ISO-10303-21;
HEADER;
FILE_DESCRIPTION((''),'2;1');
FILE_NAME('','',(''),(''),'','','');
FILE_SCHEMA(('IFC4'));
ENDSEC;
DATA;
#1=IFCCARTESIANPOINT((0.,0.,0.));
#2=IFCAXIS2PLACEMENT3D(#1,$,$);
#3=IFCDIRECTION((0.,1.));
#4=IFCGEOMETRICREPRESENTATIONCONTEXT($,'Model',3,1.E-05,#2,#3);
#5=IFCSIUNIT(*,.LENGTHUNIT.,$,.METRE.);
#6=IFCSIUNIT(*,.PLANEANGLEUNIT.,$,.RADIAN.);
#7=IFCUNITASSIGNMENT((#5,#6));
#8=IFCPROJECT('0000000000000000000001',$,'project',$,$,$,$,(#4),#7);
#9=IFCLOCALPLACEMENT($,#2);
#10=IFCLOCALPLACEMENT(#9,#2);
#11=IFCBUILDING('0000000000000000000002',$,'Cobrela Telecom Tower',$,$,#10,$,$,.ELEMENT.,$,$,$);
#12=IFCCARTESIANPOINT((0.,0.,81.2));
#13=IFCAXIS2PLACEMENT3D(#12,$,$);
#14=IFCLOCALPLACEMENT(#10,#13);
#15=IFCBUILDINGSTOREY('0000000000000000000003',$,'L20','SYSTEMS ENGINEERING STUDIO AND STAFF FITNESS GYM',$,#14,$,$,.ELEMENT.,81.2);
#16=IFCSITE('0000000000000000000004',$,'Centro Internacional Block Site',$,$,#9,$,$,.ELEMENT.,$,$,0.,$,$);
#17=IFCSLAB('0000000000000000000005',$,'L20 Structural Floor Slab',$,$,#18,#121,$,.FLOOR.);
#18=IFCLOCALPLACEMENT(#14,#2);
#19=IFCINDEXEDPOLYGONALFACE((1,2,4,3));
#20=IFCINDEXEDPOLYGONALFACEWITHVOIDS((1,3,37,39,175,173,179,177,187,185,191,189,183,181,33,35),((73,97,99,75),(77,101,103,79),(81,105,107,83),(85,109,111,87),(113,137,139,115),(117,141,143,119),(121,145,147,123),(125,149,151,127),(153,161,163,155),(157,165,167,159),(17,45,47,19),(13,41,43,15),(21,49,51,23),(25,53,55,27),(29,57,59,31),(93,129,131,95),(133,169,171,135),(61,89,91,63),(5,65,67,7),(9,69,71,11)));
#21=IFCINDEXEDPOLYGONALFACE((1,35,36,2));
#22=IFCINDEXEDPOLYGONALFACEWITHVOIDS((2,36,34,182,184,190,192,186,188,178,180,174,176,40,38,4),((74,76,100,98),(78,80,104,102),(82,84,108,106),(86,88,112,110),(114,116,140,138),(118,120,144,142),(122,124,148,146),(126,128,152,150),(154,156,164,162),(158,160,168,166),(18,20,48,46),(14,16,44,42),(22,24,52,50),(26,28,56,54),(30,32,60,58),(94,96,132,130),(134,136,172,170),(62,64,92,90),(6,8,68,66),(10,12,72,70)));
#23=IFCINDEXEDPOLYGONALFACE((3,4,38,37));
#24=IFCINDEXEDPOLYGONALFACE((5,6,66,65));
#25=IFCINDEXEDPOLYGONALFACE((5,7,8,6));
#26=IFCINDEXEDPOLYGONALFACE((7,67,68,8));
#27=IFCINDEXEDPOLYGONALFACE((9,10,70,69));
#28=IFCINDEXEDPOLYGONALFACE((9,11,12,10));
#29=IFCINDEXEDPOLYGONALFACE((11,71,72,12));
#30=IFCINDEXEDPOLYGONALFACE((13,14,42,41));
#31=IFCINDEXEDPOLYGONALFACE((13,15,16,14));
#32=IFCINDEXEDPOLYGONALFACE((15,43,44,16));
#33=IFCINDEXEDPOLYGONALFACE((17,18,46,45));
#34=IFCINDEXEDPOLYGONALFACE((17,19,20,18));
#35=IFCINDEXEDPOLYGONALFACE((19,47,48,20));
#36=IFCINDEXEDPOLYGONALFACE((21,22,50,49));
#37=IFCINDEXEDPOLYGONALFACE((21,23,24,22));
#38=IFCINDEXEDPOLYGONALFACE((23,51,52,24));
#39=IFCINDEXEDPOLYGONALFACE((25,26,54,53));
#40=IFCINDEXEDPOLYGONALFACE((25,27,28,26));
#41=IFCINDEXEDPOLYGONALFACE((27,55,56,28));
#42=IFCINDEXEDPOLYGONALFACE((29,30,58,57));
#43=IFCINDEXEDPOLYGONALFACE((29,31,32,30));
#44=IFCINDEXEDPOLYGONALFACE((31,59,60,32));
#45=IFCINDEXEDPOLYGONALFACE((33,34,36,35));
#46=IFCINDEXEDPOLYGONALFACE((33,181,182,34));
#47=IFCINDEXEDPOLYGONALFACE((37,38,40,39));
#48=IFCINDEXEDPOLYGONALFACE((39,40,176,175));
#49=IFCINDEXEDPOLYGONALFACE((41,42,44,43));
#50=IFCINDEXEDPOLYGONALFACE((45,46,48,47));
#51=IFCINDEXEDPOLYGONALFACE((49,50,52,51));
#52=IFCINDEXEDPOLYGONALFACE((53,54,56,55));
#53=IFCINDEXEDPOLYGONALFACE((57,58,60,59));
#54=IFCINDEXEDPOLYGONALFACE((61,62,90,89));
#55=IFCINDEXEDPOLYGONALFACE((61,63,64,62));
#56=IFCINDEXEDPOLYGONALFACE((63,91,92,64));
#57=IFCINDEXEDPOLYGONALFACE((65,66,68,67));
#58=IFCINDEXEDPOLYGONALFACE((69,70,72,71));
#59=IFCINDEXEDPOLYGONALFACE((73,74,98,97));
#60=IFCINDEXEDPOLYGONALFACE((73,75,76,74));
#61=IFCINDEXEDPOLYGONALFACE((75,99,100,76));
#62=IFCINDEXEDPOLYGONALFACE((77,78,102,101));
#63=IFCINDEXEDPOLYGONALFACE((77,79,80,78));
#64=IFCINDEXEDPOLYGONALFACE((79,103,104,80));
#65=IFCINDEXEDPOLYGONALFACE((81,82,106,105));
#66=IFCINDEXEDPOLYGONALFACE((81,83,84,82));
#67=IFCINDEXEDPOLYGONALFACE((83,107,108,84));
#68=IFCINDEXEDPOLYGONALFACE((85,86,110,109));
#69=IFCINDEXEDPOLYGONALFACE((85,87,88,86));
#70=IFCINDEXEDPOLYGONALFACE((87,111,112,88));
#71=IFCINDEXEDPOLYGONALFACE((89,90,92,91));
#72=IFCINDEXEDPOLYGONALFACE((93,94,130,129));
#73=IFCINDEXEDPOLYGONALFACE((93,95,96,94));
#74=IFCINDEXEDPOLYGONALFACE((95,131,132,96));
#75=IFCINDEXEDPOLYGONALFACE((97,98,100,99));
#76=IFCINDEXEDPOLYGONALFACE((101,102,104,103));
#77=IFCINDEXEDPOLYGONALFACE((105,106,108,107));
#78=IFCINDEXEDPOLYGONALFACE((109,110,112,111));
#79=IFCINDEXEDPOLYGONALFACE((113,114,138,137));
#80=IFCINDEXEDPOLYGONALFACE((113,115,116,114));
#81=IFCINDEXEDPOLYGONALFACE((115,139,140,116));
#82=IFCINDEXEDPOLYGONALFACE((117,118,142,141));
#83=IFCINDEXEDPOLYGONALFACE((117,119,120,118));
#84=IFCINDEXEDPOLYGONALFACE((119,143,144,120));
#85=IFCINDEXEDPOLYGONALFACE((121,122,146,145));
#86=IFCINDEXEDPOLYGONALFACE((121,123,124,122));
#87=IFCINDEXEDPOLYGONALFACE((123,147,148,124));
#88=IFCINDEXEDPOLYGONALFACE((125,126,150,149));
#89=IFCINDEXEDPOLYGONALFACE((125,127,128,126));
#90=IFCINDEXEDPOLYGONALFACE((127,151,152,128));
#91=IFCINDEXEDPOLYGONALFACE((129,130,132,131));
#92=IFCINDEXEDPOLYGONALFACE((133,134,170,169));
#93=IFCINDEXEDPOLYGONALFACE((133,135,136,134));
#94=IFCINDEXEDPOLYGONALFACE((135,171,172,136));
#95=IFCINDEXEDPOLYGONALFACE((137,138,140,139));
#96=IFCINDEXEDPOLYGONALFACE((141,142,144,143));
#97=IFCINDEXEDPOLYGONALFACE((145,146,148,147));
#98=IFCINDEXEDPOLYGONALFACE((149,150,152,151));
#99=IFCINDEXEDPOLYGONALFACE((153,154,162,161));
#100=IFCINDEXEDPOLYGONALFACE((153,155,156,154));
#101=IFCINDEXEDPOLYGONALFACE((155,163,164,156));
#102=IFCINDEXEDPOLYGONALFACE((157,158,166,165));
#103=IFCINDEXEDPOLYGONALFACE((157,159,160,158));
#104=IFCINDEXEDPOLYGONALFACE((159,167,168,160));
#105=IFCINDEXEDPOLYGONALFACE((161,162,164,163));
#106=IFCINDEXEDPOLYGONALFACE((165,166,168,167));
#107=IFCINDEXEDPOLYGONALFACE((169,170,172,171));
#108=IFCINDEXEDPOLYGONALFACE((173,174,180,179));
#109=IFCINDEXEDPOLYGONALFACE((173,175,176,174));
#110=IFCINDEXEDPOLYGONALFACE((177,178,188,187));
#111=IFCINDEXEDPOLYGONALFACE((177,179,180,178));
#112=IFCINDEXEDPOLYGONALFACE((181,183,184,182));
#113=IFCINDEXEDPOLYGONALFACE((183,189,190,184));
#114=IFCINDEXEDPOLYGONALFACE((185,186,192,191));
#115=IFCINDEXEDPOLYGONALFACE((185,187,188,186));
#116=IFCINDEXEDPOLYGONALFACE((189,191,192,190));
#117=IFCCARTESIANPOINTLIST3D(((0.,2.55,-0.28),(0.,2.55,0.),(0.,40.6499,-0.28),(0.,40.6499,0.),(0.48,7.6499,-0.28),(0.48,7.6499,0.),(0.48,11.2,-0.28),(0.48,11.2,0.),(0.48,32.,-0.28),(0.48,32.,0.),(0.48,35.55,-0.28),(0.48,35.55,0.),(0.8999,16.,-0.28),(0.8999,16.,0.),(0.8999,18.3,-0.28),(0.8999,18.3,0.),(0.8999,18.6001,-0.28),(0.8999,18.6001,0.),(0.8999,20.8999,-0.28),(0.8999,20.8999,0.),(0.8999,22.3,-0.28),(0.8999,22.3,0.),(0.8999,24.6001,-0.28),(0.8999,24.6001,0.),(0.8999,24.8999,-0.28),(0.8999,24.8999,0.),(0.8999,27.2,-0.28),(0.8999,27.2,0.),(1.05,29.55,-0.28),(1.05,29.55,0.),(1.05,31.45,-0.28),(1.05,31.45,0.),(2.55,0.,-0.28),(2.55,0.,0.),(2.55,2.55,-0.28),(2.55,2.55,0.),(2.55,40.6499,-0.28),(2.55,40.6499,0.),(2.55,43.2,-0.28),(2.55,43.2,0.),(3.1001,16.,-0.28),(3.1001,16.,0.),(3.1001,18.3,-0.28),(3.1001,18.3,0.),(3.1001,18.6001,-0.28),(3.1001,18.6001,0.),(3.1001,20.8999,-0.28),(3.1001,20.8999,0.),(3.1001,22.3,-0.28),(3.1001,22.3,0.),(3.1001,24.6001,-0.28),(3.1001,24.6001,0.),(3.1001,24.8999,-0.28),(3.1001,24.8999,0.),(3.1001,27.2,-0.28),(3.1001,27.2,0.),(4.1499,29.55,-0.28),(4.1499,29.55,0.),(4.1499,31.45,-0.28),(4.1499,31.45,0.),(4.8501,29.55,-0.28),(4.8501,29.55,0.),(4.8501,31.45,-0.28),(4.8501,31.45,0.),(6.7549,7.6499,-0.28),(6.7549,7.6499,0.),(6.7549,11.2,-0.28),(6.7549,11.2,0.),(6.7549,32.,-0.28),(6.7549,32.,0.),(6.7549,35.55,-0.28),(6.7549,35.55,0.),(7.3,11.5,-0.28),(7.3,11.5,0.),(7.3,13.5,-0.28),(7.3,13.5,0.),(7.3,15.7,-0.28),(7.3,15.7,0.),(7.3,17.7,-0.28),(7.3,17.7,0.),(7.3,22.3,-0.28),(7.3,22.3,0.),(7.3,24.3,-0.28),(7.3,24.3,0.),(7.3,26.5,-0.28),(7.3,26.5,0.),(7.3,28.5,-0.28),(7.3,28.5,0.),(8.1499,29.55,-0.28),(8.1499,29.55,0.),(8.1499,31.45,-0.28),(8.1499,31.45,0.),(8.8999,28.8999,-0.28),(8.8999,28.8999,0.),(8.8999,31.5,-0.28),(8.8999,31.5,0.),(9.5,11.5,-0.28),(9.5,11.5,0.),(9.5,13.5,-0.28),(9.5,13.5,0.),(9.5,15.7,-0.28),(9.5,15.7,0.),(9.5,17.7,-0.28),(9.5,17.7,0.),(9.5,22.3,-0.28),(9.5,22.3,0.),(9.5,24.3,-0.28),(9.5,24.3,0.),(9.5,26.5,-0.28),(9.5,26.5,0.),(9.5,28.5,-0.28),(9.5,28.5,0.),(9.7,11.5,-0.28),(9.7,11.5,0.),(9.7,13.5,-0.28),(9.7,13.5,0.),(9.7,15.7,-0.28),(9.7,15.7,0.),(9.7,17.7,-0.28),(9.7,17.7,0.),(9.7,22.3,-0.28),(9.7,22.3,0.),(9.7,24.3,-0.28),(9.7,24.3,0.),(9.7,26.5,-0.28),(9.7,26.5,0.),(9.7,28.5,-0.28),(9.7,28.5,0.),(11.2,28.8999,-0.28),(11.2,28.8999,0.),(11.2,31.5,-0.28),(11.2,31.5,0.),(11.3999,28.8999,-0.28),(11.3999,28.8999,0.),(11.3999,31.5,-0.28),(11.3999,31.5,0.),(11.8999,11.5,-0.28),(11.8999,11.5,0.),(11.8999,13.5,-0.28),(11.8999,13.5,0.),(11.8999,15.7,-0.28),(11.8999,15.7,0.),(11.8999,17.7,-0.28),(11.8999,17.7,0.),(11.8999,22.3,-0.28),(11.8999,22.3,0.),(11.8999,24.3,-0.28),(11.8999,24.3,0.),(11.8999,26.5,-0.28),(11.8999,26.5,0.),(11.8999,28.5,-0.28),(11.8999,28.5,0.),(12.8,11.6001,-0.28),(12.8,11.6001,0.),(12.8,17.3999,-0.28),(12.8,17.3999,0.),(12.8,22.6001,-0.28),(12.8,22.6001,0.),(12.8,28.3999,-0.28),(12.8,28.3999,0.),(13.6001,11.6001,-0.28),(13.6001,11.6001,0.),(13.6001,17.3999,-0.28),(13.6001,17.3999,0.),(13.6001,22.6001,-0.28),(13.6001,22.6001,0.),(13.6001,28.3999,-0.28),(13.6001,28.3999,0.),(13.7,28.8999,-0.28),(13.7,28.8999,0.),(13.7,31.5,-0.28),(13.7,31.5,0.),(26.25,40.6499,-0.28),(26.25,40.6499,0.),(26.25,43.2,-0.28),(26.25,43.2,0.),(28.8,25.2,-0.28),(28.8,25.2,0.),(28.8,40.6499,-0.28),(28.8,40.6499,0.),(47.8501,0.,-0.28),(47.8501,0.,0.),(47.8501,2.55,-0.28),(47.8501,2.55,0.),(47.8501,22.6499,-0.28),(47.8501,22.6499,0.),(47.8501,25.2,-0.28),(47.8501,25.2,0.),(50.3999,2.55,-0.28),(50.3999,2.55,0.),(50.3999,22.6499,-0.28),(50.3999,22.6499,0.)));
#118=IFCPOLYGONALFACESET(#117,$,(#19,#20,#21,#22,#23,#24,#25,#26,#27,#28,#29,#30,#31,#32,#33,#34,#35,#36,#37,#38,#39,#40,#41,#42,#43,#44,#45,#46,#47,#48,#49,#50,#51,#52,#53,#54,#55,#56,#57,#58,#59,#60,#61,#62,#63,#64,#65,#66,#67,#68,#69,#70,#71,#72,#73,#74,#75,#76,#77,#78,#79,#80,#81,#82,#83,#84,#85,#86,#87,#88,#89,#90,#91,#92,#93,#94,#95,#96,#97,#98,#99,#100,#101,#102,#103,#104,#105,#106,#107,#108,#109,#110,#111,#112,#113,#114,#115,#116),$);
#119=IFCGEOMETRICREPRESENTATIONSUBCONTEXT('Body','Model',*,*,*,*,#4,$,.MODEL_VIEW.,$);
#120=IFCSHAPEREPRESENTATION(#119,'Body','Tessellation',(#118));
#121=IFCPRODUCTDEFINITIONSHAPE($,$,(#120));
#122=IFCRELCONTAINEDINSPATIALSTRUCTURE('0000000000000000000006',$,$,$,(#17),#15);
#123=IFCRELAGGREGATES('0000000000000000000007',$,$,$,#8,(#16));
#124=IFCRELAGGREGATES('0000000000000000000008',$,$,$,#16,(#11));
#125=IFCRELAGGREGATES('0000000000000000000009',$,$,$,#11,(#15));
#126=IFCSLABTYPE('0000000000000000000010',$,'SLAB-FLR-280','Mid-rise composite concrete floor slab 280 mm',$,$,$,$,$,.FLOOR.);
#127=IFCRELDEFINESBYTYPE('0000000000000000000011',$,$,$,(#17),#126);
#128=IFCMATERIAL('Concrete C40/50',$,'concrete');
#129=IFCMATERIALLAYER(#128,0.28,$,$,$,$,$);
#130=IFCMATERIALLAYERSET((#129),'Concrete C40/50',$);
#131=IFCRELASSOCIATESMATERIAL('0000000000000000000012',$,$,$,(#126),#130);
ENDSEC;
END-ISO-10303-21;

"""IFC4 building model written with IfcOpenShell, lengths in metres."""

from ifc_helpers import new_model, si_unit, direction, frame, origin, place, context, subcontext, project, spatial, polyline, outline, extrude, material, layer, layer_set, type_object, element, save


model = new_model("IFC4")

# Units and contexts
model_context = context("Model", 3, precision=1e-05, world=origin(), true_north=direction((0.0, 1.0)))
body_context = subcontext(model_context, "Body", "Model", "MODEL_VIEW")
ifc_project = project(units=[si_unit("LENGTHUNIT", "METRE"), si_unit("PLANEANGLEUNIT", "RADIAN")], contexts=[model_context])

# Site, building, storey
site_placement = place(None, origin())
site = spatial("IfcSite", under=ifc_project, at=site_placement, Name="Centro Internacional Block Site", CompositionType="ELEMENT", RefElevation=0.0)
building_placement = place(site_placement, origin())
building = spatial("IfcBuilding", under=site, at=building_placement, Name="Cobrela Telecom Tower", CompositionType="ELEMENT")
storey_placement = place(building_placement, frame((0.0, 0.0, 81.2)))
storey = spatial("IfcBuildingStorey", under=building, at=storey_placement, Name="L20", Description="SYSTEMS ENGINEERING STUDIO AND STAFF FITNESS GYM", CompositionType="ELEMENT", Elevation=81.2)

# Slab, openings
ifc_material_1 = material(Name="Concrete C40/50", Category="concrete")
ifc_layer_1 = layer(ifc_material_1, 0.28)
ifc_layer_set_1 = layer_set([ifc_layer_1], Name="Concrete C40/50")
slab_type_1 = type_object("IfcSlabType", Name="SLAB-FLR-280", Description="Mid-rise composite concrete floor slab 280 mm", PredefinedType="FLOOR", material=ifc_layer_set_1)
slab_1_placement = place(storey_placement, frame((0.0, 0.0, -0.28)))
slab_1 = element("IfcSlab", 1, at=slab_1_placement, inside=storey, type_object=slab_type_1, Name="L20 Structural Floor Slab", PredefinedType="FLOOR", context=body_context, shape_type="SweptSolid", body=[
    extrude(outline(polyline([(2.55, 0.0), (47.8501, 0.0), (47.8501, 2.55), (50.3999, 2.55), (50.3999, 22.6499), (47.8501, 22.6499), (47.8501, 25.2), (28.8, 25.2), (28.8, 40.6499), (26.25, 40.6499), (26.25, 43.2), (2.55, 43.2), (2.55, 40.6499), (0.0, 40.6499), (0.0, 2.55), (2.55, 2.55), (2.55, 0.0)])), origin(), (0.0, 0.0, 1.0), 0.28),
])
opening_1_placement = place(slab_1_placement, frame((0.0, 0.0, -0.02)))
element("IfcOpeningElement", 2, at=opening_1_placement, cuts=slab_1, PredefinedType="OPENING", context=body_context, shape_type="SweptSolid", body=[
    extrude(outline(polyline([(8.8999, 28.8999), (11.2, 28.8999), (11.2, 31.5), (8.8999, 31.5), (8.8999, 28.8999)])), origin(), (0.0, 0.0, 1.0), 0.3201),
])
opening_2_placement = place(slab_1_placement, frame((0.0, 0.0, -0.02)))
element("IfcOpeningElement", 3, at=opening_2_placement, cuts=slab_1, PredefinedType="OPENING", context=body_context, shape_type="SweptSolid", body=[
    extrude(outline(polyline([(11.3999, 28.8999), (13.7, 28.8999), (13.7, 31.5), (11.3999, 31.5), (11.3999, 28.8999)])), origin(), (0.0, 0.0, 1.0), 0.3201),
])
opening_3_placement = place(slab_1_placement, frame((0.0, 0.0, -0.02)))
element("IfcOpeningElement", 4, at=opening_3_placement, cuts=slab_1, PredefinedType="OPENING", context=body_context, shape_type="SweptSolid", body=[
    extrude(outline(polyline([(7.3, 22.3), (9.5, 22.3), (9.5, 24.3), (7.3, 24.3), (7.3, 22.3)])), origin(), (0.0, 0.0, 1.0), 0.3201),
])
opening_4_placement = place(slab_1_placement, frame((0.0, 0.0, -0.02)))
element("IfcOpeningElement", 5, at=opening_4_placement, cuts=slab_1, PredefinedType="OPENING", context=body_context, shape_type="SweptSolid", body=[
    extrude(outline(polyline([(9.7, 22.3), (11.8999, 22.3), (11.8999, 24.3), (9.7, 24.3), (9.7, 22.3)])), origin(), (0.0, 0.0, 1.0), 0.3201),
])
opening_5_placement = place(slab_1_placement, frame((0.0, 0.0, -0.02)))
element("IfcOpeningElement", 6, at=opening_5_placement, cuts=slab_1, PredefinedType="OPENING", context=body_context, shape_type="SweptSolid", body=[
    extrude(outline(polyline([(7.3, 26.5), (9.5, 26.5), (9.5, 28.5), (7.3, 28.5), (7.3, 26.5)])), origin(), (0.0, 0.0, 1.0), 0.3201),
])
opening_6_placement = place(slab_1_placement, frame((0.0, 0.0, -0.02)))
element("IfcOpeningElement", 7, at=opening_6_placement, cuts=slab_1, PredefinedType="OPENING", context=body_context, shape_type="SweptSolid", body=[
    extrude(outline(polyline([(9.7, 26.5), (11.8999, 26.5), (11.8999, 28.5), (9.7, 28.5), (9.7, 26.5)])), origin(), (0.0, 0.0, 1.0), 0.3201),
])
opening_7_placement = place(slab_1_placement, frame((0.0, 0.0, -0.02)))
element("IfcOpeningElement", 8, at=opening_7_placement, cuts=slab_1, PredefinedType="OPENING", context=body_context, shape_type="SweptSolid", body=[
    extrude(outline(polyline([(7.3, 15.7), (9.5, 15.7), (9.5, 17.7), (7.3, 17.7), (7.3, 15.7)])), origin(), (0.0, 0.0, 1.0), 0.3201),
])
opening_8_placement = place(slab_1_placement, frame((0.0, 0.0, -0.02)))
element("IfcOpeningElement", 9, at=opening_8_placement, cuts=slab_1, PredefinedType="OPENING", context=body_context, shape_type="SweptSolid", body=[
    extrude(outline(polyline([(9.7, 15.7), (11.8999, 15.7), (11.8999, 17.7), (9.7, 17.7), (9.7, 15.7)])), origin(), (0.0, 0.0, 1.0), 0.3201),
])
opening_9_placement = place(slab_1_placement, frame((0.0, 0.0, -0.02)))
element("IfcOpeningElement", 10, at=opening_9_placement, cuts=slab_1, PredefinedType="OPENING", context=body_context, shape_type="SweptSolid", body=[
    extrude(outline(polyline([(7.3, 11.5), (9.5, 11.5), (9.5, 13.5), (7.3, 13.5), (7.3, 11.5)])), origin(), (0.0, 0.0, 1.0), 0.3201),
])
opening_10_placement = place(slab_1_placement, frame((0.0, 0.0, -0.02)))
element("IfcOpeningElement", 11, at=opening_10_placement, cuts=slab_1, PredefinedType="OPENING", context=body_context, shape_type="SweptSolid", body=[
    extrude(outline(polyline([(9.7, 11.5), (11.8999, 11.5), (11.8999, 13.5), (9.7, 13.5), (9.7, 11.5)])), origin(), (0.0, 0.0, 1.0), 0.3201),
])
opening_11_placement = place(slab_1_placement, frame((0.0, 0.0, -0.02)))
element("IfcOpeningElement", 12, at=opening_11_placement, cuts=slab_1, PredefinedType="OPENING", context=body_context, shape_type="SweptSolid", body=[
    extrude(outline(polyline([(0.8999, 16.0), (3.1001, 16.0), (3.1001, 18.3), (0.8999, 18.3), (0.8999, 16.0)])), origin(), (0.0, 0.0, 1.0), 0.3201),
])
opening_12_placement = place(slab_1_placement, frame((0.0, 0.0, -0.02)))
element("IfcOpeningElement", 13, at=opening_12_placement, cuts=slab_1, PredefinedType="OPENING", context=body_context, shape_type="SweptSolid", body=[
    extrude(outline(polyline([(0.8999, 18.6001), (3.1001, 18.6001), (3.1001, 20.8999), (0.8999, 20.8999), (0.8999, 18.6001)])), origin(), (0.0, 0.0, 1.0), 0.3201),
])
opening_13_placement = place(slab_1_placement, frame((0.0, 0.0, -0.02)))
element("IfcOpeningElement", 14, at=opening_13_placement, cuts=slab_1, PredefinedType="OPENING", context=body_context, shape_type="SweptSolid", body=[
    extrude(outline(polyline([(0.8999, 22.3), (3.1001, 22.3), (3.1001, 24.6001), (0.8999, 24.6001), (0.8999, 22.3)])), origin(), (0.0, 0.0, 1.0), 0.3201),
])
opening_14_placement = place(slab_1_placement, frame((0.0, 0.0, -0.02)))
element("IfcOpeningElement", 15, at=opening_14_placement, cuts=slab_1, PredefinedType="OPENING", context=body_context, shape_type="SweptSolid", body=[
    extrude(outline(polyline([(0.8999, 24.8999), (3.1001, 24.8999), (3.1001, 27.2), (0.8999, 27.2), (0.8999, 24.8999)])), origin(), (0.0, 0.0, 1.0), 0.3201),
])
opening_15_placement = place(slab_1_placement, frame((0.0, 0.0, -0.02)))
element("IfcOpeningElement", 16, at=opening_15_placement, cuts=slab_1, PredefinedType="OPENING", context=body_context, shape_type="SweptSolid", body=[
    extrude(outline(polyline([(1.05, 29.55), (4.1499, 29.55), (4.1499, 31.45), (1.05, 31.45), (1.05, 29.55)])), origin(), (0.0, 0.0, 1.0), 0.3201),
])
opening_16_placement = place(slab_1_placement, frame((0.0, 0.0, -0.02)))
element("IfcOpeningElement", 17, at=opening_16_placement, cuts=slab_1, PredefinedType="OPENING", context=body_context, shape_type="SweptSolid", body=[
    extrude(outline(polyline([(4.8501, 29.55), (8.1499, 29.55), (8.1499, 31.45), (4.8501, 31.45), (4.8501, 29.55)])), origin(), (0.0, 0.0, 1.0), 0.3201),
])
opening_17_placement = place(slab_1_placement, frame((0.0, 0.0, -0.02)))
element("IfcOpeningElement", 18, at=opening_17_placement, cuts=slab_1, PredefinedType="OPENING", context=body_context, shape_type="SweptSolid", body=[
    extrude(outline(polyline([(12.8, 22.6001), (13.6001, 22.6001), (13.6001, 28.3999), (12.8, 28.3999), (12.8, 22.6001)])), origin(), (0.0, 0.0, 1.0), 0.3201),
])
opening_18_placement = place(slab_1_placement, frame((0.0, 0.0, -0.02)))
element("IfcOpeningElement", 19, at=opening_18_placement, cuts=slab_1, PredefinedType="OPENING", context=body_context, shape_type="SweptSolid", body=[
    extrude(outline(polyline([(12.8, 11.6001), (13.6001, 11.6001), (13.6001, 17.3999), (12.8, 17.3999), (12.8, 11.6001)])), origin(), (0.0, 0.0, 1.0), 0.3201),
])
opening_19_placement = place(slab_1_placement, frame((0.0, 0.0, -0.02)))
element("IfcOpeningElement", 20, at=opening_19_placement, cuts=slab_1, PredefinedType="OPENING", context=body_context, shape_type="SweptSolid", body=[
    extrude(outline(polyline([(6.7549, 35.55), (0.48, 35.55), (0.48, 32.0), (6.7549, 32.0), (6.7549, 35.55)])), origin(), (0.0, 0.0, 1.0), 0.3201),
])
opening_20_placement = place(slab_1_placement, frame((0.0, 0.0, -0.02)))
element("IfcOpeningElement", 21, at=opening_20_placement, cuts=slab_1, PredefinedType="OPENING", context=body_context, shape_type="SweptSolid", body=[
    extrude(outline(polyline([(6.7549, 11.2), (0.48, 11.2), (0.48, 7.6499), (6.7549, 7.6499), (6.7549, 11.2)])), origin(), (0.0, 0.0, 1.0), 0.3201),
])

save(model, "model.ifc")
